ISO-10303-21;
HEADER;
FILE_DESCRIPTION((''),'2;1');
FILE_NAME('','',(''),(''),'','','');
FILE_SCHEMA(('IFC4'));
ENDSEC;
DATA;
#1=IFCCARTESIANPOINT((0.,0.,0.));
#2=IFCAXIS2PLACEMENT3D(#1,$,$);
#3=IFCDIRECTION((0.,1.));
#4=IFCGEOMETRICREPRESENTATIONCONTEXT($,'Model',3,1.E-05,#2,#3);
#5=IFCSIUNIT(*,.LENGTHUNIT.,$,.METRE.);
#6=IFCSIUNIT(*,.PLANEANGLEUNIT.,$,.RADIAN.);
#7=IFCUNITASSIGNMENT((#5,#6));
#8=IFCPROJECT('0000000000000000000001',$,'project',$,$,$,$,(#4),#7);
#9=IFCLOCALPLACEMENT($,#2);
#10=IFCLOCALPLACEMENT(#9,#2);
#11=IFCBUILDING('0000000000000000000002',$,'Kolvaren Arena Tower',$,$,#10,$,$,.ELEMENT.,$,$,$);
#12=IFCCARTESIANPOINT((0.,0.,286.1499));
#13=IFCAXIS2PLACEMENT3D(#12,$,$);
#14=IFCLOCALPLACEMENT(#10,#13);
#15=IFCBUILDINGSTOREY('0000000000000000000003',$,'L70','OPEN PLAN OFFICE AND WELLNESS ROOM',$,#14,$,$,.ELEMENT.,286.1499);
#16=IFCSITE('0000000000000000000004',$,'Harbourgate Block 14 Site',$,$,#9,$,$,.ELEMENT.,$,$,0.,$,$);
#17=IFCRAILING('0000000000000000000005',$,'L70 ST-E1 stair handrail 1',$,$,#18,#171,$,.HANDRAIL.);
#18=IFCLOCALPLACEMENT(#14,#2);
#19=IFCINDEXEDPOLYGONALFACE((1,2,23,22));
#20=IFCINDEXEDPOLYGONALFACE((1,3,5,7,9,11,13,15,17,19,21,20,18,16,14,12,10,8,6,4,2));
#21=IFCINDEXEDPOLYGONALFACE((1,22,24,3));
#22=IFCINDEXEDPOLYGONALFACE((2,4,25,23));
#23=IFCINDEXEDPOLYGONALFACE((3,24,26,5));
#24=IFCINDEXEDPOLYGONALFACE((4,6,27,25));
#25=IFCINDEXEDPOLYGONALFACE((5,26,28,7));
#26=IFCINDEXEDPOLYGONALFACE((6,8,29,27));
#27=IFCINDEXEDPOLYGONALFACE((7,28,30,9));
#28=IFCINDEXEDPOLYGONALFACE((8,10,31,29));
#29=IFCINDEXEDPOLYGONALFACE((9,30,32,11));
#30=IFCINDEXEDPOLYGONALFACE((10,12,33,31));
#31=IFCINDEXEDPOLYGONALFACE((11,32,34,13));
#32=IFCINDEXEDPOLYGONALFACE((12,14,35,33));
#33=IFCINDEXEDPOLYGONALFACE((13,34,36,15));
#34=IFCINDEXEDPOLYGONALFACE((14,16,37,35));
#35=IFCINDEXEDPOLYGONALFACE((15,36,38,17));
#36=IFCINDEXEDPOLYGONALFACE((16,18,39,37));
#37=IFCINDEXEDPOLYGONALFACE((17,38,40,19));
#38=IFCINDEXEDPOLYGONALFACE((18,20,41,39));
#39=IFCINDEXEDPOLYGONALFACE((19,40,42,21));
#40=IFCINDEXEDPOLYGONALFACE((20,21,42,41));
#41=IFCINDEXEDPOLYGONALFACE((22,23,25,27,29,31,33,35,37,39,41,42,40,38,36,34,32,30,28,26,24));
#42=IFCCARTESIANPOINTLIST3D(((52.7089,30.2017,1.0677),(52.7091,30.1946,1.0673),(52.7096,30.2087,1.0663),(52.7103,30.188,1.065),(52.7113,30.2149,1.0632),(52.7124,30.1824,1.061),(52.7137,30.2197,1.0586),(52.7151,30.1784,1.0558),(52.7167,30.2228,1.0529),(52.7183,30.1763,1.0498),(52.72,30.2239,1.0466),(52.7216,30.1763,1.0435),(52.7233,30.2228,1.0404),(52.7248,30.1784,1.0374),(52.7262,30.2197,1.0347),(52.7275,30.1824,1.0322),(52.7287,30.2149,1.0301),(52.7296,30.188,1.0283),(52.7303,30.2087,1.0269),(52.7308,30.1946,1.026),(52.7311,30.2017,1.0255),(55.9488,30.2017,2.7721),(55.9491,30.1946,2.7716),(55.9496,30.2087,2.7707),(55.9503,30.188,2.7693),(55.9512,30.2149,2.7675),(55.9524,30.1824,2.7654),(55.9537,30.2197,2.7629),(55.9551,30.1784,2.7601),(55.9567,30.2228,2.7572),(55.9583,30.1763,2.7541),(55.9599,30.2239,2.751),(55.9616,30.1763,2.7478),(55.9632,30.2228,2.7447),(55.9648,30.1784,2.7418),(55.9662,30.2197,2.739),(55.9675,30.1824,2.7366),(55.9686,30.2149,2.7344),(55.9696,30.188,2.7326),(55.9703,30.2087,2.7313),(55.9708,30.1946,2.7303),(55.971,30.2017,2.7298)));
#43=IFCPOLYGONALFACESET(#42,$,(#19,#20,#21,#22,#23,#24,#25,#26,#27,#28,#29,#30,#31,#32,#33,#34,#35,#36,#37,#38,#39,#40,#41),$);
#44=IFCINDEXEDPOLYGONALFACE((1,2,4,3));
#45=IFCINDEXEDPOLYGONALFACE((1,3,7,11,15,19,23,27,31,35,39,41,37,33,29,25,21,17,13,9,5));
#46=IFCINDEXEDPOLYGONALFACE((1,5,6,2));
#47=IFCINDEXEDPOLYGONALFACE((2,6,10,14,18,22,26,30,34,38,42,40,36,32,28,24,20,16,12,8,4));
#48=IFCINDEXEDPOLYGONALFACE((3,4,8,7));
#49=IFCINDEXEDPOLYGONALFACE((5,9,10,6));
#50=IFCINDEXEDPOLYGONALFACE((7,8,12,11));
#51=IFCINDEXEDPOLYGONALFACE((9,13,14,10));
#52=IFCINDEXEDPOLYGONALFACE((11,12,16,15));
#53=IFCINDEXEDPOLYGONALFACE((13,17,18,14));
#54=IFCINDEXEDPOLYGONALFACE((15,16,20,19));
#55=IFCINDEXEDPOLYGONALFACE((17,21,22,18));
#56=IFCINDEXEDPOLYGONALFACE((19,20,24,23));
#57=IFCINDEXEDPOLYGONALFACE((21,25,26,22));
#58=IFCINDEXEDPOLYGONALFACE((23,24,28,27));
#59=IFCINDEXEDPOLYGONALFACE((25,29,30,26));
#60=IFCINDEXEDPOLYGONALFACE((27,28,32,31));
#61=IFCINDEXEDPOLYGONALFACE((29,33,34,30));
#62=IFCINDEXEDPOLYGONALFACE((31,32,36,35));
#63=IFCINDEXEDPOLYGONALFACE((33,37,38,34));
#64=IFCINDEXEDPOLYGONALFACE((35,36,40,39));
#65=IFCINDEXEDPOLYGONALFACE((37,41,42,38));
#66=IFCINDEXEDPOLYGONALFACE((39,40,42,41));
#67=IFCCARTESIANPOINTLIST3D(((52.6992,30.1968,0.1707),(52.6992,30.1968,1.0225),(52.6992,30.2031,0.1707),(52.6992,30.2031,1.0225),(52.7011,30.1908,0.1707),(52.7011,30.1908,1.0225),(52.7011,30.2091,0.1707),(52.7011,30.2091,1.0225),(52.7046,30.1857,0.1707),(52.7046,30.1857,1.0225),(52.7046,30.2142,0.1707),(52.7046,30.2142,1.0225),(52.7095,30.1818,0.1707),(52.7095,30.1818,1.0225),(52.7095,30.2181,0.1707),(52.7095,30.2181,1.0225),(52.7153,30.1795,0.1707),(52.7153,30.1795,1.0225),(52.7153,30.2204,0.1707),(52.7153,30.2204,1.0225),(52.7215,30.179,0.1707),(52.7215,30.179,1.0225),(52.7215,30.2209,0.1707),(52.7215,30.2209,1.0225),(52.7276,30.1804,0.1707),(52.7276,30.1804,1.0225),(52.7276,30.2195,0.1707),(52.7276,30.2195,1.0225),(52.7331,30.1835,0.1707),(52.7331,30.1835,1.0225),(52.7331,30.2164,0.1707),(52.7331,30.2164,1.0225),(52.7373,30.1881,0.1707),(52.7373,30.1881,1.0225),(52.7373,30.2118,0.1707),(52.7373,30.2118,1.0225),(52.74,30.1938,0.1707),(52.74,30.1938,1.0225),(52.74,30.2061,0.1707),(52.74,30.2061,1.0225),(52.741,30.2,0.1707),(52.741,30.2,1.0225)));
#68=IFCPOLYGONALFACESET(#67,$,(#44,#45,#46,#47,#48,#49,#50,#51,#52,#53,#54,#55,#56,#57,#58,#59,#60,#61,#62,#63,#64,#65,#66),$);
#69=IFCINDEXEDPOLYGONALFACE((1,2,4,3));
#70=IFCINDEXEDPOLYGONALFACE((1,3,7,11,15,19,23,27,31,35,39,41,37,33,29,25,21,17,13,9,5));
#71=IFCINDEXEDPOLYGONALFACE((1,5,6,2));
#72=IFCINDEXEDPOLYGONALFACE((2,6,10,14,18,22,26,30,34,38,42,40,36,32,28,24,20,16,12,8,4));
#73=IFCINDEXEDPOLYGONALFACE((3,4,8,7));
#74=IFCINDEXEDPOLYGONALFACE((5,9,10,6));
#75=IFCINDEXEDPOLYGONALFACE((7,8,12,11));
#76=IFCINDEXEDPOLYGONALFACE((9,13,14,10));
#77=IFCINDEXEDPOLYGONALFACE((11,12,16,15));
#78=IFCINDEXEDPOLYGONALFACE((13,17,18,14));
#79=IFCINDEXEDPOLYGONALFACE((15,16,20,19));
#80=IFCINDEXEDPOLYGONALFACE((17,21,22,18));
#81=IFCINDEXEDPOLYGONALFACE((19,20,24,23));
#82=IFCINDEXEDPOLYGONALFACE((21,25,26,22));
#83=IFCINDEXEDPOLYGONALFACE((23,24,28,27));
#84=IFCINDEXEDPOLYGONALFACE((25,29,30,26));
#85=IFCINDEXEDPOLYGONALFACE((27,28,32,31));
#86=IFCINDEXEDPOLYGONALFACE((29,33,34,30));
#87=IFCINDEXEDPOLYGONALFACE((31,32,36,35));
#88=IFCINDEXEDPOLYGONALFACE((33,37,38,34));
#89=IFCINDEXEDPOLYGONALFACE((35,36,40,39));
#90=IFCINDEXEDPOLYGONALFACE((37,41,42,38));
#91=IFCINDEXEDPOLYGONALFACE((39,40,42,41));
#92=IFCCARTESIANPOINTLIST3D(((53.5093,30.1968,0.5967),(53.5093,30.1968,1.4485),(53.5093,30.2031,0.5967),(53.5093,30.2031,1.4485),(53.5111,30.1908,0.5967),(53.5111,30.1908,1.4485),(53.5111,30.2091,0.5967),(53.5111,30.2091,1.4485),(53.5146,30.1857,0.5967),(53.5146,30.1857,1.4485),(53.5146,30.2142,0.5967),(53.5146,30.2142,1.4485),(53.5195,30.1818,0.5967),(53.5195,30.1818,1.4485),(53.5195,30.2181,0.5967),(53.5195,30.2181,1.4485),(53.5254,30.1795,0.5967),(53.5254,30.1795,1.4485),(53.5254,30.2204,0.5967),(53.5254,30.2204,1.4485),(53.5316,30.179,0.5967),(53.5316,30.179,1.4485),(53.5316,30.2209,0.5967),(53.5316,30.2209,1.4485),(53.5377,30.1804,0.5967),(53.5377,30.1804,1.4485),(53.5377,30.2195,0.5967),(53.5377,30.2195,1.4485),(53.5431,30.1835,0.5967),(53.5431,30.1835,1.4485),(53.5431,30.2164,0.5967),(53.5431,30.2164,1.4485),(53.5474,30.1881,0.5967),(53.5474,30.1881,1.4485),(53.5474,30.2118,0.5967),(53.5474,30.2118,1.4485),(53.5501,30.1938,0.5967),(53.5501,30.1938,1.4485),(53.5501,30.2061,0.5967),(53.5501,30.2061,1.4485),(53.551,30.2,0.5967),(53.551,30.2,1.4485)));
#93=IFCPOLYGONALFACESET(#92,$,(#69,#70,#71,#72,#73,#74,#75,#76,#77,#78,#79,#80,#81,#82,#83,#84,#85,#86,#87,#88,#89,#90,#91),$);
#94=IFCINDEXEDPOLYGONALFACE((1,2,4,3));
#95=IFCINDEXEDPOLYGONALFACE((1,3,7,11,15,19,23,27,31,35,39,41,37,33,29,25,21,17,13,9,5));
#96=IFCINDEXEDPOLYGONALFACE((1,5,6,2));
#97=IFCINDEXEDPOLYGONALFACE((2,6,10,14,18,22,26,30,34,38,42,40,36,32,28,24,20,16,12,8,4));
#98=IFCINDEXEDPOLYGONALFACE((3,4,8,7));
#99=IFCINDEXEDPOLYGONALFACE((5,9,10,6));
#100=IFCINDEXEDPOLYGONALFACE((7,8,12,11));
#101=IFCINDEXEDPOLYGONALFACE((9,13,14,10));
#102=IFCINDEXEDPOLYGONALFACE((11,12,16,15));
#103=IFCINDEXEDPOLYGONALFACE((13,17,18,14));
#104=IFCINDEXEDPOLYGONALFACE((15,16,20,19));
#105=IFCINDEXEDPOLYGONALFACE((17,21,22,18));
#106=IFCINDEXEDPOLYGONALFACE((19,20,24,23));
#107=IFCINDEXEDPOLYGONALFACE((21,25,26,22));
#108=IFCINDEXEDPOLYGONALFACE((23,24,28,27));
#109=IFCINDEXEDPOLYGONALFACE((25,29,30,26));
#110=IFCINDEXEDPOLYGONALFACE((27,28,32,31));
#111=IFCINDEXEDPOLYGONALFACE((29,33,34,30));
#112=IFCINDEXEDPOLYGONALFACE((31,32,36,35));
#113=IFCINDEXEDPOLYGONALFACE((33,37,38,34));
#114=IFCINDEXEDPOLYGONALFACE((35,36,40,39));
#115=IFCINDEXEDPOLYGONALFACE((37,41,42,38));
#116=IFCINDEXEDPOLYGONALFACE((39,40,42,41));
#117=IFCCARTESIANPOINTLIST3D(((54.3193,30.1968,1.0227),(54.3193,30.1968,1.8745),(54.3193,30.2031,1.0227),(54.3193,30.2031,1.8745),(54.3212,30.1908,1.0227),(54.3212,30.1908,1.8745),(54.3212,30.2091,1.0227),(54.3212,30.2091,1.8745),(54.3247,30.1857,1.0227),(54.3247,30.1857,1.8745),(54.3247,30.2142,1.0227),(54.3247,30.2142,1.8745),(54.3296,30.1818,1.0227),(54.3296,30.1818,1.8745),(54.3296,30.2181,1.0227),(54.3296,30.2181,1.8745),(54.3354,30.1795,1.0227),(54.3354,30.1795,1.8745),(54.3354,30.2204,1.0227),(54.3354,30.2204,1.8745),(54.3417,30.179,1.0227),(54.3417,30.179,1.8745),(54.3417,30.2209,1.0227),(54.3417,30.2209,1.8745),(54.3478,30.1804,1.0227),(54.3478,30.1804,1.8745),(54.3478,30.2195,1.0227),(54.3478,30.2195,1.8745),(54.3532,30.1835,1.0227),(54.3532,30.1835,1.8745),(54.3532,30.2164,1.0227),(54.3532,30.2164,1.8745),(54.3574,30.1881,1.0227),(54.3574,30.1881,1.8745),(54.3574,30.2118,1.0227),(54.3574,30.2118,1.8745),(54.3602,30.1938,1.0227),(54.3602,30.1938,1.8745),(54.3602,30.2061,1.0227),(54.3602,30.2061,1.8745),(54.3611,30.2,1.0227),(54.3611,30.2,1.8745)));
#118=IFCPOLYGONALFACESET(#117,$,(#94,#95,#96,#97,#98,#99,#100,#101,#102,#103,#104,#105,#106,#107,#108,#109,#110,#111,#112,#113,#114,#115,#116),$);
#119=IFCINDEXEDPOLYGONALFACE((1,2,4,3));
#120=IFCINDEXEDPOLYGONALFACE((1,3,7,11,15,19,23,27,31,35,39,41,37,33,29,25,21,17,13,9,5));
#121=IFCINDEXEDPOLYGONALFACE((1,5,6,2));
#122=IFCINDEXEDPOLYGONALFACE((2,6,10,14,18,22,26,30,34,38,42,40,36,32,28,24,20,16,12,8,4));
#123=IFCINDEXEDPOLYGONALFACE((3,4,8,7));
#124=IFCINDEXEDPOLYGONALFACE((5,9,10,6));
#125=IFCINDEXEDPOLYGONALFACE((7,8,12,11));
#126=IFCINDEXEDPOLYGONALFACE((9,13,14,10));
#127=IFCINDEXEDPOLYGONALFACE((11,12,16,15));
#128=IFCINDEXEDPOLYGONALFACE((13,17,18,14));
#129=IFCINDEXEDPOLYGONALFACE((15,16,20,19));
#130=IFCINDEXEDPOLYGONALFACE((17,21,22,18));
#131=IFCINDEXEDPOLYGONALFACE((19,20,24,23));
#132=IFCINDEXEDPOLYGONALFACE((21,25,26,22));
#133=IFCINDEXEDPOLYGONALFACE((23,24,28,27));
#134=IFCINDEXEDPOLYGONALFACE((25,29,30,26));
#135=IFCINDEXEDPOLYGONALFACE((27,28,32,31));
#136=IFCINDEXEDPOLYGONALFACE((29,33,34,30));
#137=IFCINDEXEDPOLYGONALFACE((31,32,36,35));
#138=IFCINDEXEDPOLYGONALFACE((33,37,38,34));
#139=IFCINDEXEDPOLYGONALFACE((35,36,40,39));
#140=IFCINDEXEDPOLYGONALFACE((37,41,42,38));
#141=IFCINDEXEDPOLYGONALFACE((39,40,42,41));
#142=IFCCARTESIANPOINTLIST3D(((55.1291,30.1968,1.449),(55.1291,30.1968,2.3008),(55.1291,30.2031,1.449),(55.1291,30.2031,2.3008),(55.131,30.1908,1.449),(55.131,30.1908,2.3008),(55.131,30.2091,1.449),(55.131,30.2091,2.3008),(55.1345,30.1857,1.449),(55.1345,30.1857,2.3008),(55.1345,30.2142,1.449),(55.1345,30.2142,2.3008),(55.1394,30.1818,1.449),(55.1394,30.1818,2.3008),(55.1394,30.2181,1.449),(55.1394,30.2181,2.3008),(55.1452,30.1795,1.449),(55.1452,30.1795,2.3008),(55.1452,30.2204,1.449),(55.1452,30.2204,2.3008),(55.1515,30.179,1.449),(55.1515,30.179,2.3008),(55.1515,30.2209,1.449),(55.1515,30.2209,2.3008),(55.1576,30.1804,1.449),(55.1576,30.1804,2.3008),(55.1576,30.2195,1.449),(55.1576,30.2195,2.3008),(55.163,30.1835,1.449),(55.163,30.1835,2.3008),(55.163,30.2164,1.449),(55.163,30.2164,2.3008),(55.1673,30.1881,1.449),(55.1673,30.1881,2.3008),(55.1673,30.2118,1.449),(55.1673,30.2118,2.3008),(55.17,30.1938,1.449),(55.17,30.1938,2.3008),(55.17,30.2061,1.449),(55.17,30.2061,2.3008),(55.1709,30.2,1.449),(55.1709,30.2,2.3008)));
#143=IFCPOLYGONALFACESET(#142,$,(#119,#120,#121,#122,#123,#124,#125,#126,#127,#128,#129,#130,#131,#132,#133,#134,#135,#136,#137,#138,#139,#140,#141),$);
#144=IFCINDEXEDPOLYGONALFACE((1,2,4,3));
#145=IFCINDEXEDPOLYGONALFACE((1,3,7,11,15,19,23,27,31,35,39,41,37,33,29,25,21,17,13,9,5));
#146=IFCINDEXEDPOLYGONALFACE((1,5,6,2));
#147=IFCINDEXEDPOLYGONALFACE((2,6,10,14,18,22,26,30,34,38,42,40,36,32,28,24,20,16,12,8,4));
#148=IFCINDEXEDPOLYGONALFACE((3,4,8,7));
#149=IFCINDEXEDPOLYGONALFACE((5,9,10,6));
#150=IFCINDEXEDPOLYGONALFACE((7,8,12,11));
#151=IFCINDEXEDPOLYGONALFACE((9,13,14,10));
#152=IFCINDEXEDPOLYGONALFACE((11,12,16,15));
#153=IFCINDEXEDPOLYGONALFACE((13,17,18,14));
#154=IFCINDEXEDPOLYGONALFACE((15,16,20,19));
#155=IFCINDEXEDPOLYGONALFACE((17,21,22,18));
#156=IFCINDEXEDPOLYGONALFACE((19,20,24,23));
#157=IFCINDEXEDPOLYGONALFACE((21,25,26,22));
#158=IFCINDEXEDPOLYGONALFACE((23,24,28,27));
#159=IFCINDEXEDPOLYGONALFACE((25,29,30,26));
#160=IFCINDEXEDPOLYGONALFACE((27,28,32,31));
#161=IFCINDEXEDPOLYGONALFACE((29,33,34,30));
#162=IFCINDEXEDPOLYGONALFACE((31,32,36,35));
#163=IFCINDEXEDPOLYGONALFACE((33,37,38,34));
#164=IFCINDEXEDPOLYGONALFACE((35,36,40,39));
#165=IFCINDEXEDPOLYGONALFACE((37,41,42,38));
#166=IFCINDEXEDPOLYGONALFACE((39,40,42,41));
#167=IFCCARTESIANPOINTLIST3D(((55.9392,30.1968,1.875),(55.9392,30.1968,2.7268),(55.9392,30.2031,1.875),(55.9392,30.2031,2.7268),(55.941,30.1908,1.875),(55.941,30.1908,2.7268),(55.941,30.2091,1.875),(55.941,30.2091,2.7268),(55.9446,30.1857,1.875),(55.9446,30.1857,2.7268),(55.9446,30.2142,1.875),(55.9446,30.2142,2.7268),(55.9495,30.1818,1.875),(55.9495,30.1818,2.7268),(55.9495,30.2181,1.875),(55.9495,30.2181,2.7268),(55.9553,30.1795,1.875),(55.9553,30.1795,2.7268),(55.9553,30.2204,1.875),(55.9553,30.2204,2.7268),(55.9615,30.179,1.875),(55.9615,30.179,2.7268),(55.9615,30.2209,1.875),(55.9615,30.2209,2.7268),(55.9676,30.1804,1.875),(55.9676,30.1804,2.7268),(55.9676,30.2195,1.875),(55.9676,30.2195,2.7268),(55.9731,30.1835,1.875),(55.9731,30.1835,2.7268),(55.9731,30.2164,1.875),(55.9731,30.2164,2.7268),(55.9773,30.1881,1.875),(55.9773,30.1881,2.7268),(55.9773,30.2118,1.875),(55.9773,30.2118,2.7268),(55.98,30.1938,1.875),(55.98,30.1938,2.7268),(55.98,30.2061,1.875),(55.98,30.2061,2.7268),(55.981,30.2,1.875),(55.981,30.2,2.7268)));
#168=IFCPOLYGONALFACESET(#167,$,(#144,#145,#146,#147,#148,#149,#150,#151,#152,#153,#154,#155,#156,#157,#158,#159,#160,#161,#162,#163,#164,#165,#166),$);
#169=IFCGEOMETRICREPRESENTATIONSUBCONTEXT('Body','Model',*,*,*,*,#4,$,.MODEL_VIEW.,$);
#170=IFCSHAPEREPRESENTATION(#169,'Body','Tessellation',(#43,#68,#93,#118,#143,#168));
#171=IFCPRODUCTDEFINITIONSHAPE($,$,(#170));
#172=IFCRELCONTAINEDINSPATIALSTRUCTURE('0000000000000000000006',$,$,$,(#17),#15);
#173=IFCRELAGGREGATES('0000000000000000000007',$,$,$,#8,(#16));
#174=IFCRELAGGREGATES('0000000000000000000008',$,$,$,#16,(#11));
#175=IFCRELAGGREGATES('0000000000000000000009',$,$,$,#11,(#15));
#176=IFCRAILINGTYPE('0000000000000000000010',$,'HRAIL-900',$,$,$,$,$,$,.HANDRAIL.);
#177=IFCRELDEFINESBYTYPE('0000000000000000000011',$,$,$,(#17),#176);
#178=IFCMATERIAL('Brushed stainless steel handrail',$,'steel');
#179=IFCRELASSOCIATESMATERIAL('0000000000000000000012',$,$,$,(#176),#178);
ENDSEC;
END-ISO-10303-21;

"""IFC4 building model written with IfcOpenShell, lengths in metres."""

from ifc_helpers import new_model, si_unit, direction, frame, origin, origin_2d, place, context, subcontext, project, spatial, circle, extrude, material, type_object, element, save


model = new_model("IFC4")

# Units and contexts
model_context = context("Model", 3, precision=1e-05, world=origin(), true_north=direction((0.0, 1.0)))
body_context = subcontext(model_context, "Body", "Model", "MODEL_VIEW")
ifc_project = project(units=[si_unit("LENGTHUNIT", "METRE"), si_unit("PLANEANGLEUNIT", "RADIAN")], contexts=[model_context])

# Site, building, storey
site_placement = place(None, origin())
site = spatial("IfcSite", under=ifc_project, at=site_placement, Name="Harbourgate Block 14 Site", CompositionType="ELEMENT", RefElevation=0.0)
building_placement = place(site_placement, origin())
building = spatial("IfcBuilding", under=site, at=building_placement, Name="Kolvaren Arena Tower", CompositionType="ELEMENT")
storey_placement = place(building_placement, frame((0.0, 0.0, 286.1499)))
storey = spatial("IfcBuildingStorey", under=building, at=storey_placement, Name="L70", Description="OPEN PLAN OFFICE AND WELLNESS ROOM", CompositionType="ELEMENT", Elevation=286.1499)

# Railing
ifc_material_1 = material(Name="Brushed stainless steel handrail", Category="steel")
railing_type_1 = type_object("IfcRailingType", Name="HRAIL-900", PredefinedType="HANDRAIL", material=ifc_material_1)
for number, where, name in (
    (1, (52.72, 30.2, 0.1707), "L70 ST-E1 stair handrail 1"),
):
    element("IfcRailing", number, at=place(storey_placement, frame(where)), inside=storey, type_object=railing_type_1, Name=name, PredefinedType="HANDRAIL", context=body_context, shape_type="SweptSolid", body=[
        extrude(circle(Radius=0.0239, at=origin_2d()), frame((0.0, 0.0, 0.876), z_axis=(0.885021, 0.0, 0.465551), x_axis=(0.0, 1.0, 0.0)), (0.0, 0.0, 1.0), 3.6609),
        extrude(circle(Radius=0.021, at=origin_2d()), origin(), (0.0, 0.0, 1.0), 0.8518),
        extrude(circle(Radius=0.021, at=origin_2d()), frame((0.8101, 0.0, 0.426)), (0.0, 0.0, 1.0), 0.8518),
        extrude(circle(Radius=0.021, at=origin_2d()), frame((1.6201, 0.0, 0.8521)), (0.0, 0.0, 1.0), 0.8518),
        extrude(circle(Radius=0.021, at=origin_2d()), frame((2.4299, 0.0, 1.2783)), (0.0, 0.0, 1.0), 0.8518),
        extrude(circle(Radius=0.021, at=origin_2d()), frame((3.24, 0.0, 1.7043)), (0.0, 0.0, 1.0), 0.8518),
    ])

save(model, "model.ifc")
